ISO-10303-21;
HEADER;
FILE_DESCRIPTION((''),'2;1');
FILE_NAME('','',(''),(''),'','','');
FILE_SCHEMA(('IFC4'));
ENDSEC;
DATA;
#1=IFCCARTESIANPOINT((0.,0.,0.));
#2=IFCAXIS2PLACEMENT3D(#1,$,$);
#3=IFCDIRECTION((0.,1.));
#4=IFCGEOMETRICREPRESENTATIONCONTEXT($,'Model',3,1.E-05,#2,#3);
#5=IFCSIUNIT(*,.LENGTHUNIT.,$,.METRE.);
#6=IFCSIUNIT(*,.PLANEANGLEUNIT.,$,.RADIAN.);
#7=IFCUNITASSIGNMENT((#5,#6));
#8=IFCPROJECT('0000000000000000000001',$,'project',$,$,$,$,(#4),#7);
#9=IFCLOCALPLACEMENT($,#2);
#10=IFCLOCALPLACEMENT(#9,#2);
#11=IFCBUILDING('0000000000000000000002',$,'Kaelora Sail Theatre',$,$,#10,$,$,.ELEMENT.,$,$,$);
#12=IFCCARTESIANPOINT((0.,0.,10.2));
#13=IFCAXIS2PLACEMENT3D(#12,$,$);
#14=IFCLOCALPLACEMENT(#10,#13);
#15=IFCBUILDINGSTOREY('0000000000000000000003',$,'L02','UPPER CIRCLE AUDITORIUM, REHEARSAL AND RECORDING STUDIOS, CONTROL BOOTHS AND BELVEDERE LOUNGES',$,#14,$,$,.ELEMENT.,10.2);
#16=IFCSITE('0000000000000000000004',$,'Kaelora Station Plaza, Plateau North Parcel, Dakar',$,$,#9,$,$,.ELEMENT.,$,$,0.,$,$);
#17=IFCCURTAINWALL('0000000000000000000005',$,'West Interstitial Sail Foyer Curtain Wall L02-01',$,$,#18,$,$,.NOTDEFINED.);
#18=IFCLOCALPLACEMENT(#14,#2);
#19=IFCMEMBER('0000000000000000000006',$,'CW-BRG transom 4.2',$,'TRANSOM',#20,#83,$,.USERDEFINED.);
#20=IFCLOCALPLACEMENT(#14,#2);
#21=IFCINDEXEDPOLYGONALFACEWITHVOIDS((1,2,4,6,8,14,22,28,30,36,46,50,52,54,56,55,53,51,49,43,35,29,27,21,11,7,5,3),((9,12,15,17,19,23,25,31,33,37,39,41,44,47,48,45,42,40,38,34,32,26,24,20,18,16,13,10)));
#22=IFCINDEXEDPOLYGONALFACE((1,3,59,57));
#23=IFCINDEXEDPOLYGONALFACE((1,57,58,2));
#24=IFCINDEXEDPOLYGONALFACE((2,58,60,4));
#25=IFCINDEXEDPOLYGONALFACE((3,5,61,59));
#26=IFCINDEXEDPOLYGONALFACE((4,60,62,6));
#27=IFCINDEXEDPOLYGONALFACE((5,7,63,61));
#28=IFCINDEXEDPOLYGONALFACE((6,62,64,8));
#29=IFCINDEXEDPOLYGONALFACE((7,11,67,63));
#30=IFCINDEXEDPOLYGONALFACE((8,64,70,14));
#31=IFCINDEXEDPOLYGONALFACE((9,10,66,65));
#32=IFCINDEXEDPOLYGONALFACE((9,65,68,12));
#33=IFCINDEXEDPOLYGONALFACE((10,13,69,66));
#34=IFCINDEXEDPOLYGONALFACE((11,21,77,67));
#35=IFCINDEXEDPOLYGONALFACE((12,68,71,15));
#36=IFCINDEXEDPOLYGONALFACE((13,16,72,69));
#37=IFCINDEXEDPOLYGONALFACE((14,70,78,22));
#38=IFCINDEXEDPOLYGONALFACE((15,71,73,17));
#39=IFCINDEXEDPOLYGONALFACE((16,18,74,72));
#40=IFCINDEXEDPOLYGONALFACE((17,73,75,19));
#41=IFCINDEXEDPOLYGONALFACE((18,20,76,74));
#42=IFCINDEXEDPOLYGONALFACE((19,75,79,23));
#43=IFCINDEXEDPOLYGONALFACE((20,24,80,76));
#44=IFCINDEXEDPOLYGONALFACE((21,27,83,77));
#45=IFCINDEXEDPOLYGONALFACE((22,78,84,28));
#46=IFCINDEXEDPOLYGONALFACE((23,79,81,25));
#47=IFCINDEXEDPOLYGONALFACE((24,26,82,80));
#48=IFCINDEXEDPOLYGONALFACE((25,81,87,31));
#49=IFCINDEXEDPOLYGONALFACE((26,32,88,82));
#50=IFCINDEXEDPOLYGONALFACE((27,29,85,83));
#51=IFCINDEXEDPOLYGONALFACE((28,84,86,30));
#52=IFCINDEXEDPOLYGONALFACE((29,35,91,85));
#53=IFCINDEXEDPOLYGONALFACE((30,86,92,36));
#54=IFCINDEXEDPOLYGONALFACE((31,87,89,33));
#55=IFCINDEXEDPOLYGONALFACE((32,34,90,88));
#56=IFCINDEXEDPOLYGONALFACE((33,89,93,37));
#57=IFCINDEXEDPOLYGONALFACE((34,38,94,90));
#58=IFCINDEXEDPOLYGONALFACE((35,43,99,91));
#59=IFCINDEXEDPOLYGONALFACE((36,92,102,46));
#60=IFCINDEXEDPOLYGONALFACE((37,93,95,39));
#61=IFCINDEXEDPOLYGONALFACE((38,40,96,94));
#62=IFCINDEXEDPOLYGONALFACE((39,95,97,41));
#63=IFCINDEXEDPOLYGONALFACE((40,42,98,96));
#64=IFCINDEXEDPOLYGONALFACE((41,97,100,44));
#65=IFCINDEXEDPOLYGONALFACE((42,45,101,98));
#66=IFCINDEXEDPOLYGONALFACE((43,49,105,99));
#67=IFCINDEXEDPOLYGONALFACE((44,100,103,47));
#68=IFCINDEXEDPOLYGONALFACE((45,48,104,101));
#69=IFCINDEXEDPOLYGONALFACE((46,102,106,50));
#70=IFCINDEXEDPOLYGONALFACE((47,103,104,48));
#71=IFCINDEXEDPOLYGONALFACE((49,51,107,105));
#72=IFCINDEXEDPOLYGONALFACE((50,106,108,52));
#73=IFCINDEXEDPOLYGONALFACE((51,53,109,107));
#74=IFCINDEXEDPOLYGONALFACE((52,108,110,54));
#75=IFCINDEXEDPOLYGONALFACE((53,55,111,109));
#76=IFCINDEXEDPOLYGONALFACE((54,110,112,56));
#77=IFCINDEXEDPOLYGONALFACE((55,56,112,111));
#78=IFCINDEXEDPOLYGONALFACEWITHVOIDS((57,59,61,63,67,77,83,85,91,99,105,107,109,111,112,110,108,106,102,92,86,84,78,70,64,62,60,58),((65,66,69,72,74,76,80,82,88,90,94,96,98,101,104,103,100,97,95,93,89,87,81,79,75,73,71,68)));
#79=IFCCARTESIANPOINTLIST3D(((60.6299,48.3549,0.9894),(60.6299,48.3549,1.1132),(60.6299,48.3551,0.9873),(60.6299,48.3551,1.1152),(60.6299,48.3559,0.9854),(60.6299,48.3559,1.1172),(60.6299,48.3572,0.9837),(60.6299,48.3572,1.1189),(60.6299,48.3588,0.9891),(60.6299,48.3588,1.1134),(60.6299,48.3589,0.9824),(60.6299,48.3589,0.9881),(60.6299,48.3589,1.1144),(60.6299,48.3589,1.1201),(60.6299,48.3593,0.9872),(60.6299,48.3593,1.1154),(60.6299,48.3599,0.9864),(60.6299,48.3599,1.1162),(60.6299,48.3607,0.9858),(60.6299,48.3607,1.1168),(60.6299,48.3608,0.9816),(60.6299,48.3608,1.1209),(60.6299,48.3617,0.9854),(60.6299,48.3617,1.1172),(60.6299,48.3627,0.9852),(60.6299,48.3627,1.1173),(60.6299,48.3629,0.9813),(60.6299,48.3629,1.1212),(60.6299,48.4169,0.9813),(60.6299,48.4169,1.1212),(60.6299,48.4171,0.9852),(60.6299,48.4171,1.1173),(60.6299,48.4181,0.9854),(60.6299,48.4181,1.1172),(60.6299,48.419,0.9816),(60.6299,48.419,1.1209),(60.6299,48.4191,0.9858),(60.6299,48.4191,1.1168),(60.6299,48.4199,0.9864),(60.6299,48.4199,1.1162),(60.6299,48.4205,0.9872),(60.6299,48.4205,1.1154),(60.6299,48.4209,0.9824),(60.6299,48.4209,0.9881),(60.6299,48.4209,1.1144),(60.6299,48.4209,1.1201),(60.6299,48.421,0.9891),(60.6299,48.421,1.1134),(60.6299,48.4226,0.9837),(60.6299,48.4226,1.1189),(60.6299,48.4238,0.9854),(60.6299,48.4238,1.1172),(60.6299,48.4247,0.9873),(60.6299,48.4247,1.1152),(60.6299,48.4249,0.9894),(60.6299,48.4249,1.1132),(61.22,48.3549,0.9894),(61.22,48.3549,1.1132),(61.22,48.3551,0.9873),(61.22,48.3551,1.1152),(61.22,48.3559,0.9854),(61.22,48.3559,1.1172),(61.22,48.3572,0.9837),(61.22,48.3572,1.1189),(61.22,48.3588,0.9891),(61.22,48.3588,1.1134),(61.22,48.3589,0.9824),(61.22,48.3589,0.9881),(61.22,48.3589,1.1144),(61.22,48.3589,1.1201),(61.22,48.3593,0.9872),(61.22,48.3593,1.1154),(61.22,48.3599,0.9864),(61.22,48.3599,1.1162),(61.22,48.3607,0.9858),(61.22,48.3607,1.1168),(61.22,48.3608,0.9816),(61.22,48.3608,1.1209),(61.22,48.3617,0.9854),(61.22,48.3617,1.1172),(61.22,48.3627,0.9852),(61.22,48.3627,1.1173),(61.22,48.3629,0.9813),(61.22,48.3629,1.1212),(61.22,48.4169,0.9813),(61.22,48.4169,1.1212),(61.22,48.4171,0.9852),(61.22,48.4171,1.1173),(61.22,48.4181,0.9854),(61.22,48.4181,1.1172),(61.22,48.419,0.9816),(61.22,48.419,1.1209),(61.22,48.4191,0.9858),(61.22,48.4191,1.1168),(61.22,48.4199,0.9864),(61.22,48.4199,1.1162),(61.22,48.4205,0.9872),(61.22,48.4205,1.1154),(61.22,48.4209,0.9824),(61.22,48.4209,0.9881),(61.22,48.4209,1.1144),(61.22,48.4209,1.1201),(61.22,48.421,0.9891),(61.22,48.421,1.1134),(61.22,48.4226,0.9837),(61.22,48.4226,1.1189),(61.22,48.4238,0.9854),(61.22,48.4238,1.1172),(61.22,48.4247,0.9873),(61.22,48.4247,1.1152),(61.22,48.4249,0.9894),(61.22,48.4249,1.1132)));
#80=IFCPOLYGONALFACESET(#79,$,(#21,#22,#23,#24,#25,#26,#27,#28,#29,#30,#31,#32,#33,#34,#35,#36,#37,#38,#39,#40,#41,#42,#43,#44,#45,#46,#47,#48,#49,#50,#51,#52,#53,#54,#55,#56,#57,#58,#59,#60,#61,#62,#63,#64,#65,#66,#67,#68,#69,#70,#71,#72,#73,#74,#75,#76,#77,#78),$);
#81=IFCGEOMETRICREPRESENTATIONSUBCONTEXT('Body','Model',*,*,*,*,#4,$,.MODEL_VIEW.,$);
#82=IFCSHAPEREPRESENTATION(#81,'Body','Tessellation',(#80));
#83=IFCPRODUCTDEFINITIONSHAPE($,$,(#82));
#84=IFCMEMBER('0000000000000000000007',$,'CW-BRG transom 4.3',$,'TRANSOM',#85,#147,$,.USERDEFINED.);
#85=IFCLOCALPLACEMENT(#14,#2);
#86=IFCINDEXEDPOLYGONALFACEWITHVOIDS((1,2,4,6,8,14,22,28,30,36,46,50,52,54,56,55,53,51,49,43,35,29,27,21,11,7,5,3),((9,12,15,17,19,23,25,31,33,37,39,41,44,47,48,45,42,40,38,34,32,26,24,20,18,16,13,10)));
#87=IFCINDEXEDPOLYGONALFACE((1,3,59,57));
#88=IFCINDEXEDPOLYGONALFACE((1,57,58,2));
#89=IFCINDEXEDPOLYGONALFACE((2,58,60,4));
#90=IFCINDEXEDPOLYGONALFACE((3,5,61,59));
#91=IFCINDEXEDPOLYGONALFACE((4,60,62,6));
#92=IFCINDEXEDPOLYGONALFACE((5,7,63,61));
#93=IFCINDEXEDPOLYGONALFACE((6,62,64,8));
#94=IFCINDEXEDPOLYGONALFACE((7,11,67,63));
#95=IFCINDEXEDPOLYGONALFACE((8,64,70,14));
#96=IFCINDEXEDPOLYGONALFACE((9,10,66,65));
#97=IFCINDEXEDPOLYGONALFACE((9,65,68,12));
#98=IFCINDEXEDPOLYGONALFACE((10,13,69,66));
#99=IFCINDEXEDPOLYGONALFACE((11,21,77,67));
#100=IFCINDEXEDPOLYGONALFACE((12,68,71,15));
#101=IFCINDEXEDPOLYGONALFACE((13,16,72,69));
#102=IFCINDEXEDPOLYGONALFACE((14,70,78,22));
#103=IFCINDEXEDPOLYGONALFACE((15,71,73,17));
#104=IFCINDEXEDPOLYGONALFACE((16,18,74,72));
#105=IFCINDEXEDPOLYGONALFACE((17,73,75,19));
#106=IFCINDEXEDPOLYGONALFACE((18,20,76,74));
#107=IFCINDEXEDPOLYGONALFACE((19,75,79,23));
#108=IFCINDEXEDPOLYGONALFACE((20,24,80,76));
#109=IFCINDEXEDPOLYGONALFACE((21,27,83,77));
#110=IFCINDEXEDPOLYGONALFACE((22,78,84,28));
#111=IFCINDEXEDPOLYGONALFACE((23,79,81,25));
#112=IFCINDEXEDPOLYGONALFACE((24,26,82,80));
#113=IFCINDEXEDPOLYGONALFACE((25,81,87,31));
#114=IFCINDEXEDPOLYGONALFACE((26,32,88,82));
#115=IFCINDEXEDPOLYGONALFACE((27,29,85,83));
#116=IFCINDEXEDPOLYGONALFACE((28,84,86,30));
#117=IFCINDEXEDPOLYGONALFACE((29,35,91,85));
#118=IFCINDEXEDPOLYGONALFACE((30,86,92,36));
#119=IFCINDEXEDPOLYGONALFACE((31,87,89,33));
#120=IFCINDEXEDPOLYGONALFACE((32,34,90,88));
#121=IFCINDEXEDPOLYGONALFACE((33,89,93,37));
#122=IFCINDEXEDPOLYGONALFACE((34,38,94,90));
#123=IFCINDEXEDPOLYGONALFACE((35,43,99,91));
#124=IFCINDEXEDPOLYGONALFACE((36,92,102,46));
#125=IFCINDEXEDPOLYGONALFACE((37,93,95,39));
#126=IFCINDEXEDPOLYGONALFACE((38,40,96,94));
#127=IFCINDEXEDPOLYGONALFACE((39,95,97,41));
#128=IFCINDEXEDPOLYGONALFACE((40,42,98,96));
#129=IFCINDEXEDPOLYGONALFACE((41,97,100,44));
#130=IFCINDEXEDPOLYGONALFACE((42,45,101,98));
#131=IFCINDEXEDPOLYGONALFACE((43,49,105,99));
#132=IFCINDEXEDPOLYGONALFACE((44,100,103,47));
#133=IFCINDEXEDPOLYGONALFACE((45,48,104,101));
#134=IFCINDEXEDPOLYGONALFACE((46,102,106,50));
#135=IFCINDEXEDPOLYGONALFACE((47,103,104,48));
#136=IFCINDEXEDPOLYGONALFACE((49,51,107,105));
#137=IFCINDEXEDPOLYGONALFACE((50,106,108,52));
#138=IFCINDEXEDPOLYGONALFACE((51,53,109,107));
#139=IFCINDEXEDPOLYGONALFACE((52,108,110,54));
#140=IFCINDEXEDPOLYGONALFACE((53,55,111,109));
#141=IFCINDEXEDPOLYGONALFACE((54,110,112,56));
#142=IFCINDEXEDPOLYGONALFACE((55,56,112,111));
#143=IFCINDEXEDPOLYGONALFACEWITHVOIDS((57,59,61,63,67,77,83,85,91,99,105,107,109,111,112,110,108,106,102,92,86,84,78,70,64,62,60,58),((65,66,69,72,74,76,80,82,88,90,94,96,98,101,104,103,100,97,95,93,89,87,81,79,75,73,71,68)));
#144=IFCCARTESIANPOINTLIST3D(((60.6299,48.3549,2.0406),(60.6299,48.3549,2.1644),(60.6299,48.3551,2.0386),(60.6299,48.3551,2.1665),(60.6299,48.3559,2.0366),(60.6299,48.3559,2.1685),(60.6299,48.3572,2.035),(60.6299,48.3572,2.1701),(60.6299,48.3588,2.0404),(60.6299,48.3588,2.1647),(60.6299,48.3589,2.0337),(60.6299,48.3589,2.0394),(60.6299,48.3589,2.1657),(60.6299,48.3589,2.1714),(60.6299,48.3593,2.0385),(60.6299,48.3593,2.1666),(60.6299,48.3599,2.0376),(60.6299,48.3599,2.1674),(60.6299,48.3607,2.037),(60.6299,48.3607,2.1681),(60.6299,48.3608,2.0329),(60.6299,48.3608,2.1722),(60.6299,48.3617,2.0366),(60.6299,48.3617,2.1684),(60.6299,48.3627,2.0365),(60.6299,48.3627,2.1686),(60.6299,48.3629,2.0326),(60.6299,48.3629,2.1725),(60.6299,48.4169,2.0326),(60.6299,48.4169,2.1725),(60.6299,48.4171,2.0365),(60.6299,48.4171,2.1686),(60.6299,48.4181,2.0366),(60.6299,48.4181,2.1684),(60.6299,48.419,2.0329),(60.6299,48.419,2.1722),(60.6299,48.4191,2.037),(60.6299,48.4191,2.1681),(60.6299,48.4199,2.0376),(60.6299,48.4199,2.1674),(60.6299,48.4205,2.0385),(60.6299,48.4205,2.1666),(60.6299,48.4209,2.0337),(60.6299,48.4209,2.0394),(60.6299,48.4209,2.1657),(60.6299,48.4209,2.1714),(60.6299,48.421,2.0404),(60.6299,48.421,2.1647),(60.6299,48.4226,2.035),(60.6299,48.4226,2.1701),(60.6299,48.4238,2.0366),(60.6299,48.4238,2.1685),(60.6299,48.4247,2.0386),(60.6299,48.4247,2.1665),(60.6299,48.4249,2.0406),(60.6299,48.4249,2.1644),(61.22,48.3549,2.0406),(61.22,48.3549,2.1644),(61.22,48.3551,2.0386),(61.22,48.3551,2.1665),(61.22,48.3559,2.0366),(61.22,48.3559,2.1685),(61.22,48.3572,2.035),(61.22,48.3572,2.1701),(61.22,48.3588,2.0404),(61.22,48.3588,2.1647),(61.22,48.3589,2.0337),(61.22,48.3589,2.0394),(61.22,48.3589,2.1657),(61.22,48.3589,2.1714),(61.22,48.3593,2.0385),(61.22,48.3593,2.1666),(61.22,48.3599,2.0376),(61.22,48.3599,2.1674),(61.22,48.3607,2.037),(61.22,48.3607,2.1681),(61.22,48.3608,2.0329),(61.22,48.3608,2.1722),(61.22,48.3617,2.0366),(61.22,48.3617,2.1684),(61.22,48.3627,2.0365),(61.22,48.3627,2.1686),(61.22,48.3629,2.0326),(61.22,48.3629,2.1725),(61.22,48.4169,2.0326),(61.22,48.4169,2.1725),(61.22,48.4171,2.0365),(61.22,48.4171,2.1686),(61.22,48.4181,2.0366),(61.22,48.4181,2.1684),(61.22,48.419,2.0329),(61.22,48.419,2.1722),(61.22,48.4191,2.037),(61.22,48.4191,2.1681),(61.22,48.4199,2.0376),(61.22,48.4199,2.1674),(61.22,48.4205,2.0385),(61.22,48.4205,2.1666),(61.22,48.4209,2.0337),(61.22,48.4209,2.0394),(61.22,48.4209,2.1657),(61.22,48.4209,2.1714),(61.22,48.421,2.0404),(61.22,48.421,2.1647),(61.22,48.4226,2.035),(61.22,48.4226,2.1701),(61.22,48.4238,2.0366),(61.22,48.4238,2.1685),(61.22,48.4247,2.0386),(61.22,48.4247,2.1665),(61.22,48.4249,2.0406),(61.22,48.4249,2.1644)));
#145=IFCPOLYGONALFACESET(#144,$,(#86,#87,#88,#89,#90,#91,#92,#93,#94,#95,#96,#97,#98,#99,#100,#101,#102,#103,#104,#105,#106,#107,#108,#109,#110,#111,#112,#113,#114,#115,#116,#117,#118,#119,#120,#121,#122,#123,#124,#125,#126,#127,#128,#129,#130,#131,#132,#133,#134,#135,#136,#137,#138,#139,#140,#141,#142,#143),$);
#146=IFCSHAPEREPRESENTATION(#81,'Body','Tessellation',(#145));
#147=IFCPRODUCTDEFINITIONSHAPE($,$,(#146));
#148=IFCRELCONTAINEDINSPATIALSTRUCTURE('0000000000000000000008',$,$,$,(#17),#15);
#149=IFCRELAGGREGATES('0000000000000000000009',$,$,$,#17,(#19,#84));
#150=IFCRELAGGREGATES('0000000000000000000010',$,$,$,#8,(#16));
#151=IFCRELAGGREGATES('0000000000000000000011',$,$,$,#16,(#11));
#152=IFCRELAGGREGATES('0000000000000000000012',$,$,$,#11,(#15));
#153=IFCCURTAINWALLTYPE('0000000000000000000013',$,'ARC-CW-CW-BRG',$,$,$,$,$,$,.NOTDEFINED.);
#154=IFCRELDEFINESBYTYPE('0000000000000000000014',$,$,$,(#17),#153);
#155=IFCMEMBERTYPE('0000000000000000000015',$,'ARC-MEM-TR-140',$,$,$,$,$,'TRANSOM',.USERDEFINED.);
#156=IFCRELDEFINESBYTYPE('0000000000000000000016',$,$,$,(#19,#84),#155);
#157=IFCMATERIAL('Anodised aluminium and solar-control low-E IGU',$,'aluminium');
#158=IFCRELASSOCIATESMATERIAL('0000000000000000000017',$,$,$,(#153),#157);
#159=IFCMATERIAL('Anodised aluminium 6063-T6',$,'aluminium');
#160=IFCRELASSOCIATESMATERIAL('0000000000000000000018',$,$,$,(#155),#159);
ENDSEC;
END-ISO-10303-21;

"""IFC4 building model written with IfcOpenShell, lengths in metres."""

from ifc_helpers import new_model, si_unit, direction, frame, origin, origin_2d, place, context, subcontext, project, spatial, hollow_rectangle, extrude, material, material_profile, profile_set, type_object, element, aggregate, save


model = new_model("IFC4")

# Units and contexts
model_context = context("Model", 3, precision=1e-05, world=origin(), true_north=direction((0.0, 1.0)))
body_context = subcontext(model_context, "Body", "Model", "MODEL_VIEW")
ifc_project = project(units=[si_unit("LENGTHUNIT", "METRE"), si_unit("PLANEANGLEUNIT", "RADIAN")], contexts=[model_context])

# Site, building, storey
site_placement = place(None, origin())
site = spatial("IfcSite", under=ifc_project, at=site_placement, Name="Kaelora Station Plaza, Plateau North Parcel, Dakar", CompositionType="ELEMENT", RefElevation=0.0)
building_placement = place(site_placement, origin())
building = spatial("IfcBuilding", under=site, at=building_placement, Name="Kaelora Sail Theatre", CompositionType="ELEMENT")
storey_placement = place(building_placement, frame((0.0, 0.0, 10.2)))
storey = spatial("IfcBuildingStorey", under=building, at=storey_placement, Name="L02", Description="UPPER CIRCLE AUDITORIUM, REHEARSAL AND RECORDING STUDIOS, CONTROL BOOTHS AND BELVEDERE LOUNGES", CompositionType="ELEMENT", Elevation=10.2)

# Curtain wall, members
ifc_material_1 = material(Name="Anodised aluminium and solar-control low-E IGU", Category="aluminium")
curtain_wall_type = type_object("IfcCurtainWallType", Name="ARC-CW-CW-BRG", PredefinedType="NOTDEFINED", material=ifc_material_1)
curtain_wall_placement = place(storey_placement, origin())
curtain_wall = element("IfcCurtainWall", 1, at=curtain_wall_placement, inside=storey, type_object=curtain_wall_type, Name="West Interstitial Sail Foyer Curtain Wall L02-01", PredefinedType="NOTDEFINED")
ifc_material_2 = material(Name="Anodised aluminium 6063-T6", Category="aluminium")
ifc_material_profile_1 = material_profile(ifc_material_2, hollow_rectangle(XDim=0.0701, YDim=0.1399, WallThickness=0.0039, InnerFilletRadius=0.0039, OuterFilletRadius=0.0081, at=origin_2d()), Name="ALU-TRAN 70x140x4")
ifc_profile_set_1 = profile_set([ifc_material_profile_1], Name="Anodised aluminium 6063-T6")
member_type_1 = type_object("IfcMemberType", Name="ARC-MEM-TR-140", ElementType="TRANSOM", PredefinedType="USERDEFINED", material=ifc_profile_set_1)
member_1_placement = place(storey_placement, frame((60.6299, 48.3899, 1.0513), z_axis=(1.0, 0.0, 0.0), x_axis=(0.0, 1.0, 0.0)))
member_1 = element("IfcMember", 2, at=member_1_placement, type_object=member_type_1, Name="CW-BRG transom 4.2", ObjectType="TRANSOM", PredefinedType="USERDEFINED", context=body_context, shape_type="SweptSolid", body=[
    extrude(hollow_rectangle(XDim=0.0701, YDim=0.1399, WallThickness=0.0039, InnerFilletRadius=0.0039, OuterFilletRadius=0.0081, at=origin_2d()), origin(), (0.0, 0.0, 1.0), 0.5901),
])
member_2_placement = place(storey_placement, frame((60.6299, 48.3899, 2.1025), z_axis=(1.0, 0.0, 0.0), x_axis=(0.0, 1.0, 0.0)))
member_2 = element("IfcMember", 3, at=member_2_placement, type_object=member_type_1, Name="CW-BRG transom 4.3", ObjectType="TRANSOM", PredefinedType="USERDEFINED", context=body_context, shape_type="SweptSolid", body=[
    extrude(hollow_rectangle(XDim=0.0701, YDim=0.1399, WallThickness=0.0039, InnerFilletRadius=0.0039, OuterFilletRadius=0.0081, at=origin_2d()), origin(), (0.0, 0.0, 1.0), 0.5901),
])
aggregate(curtain_wall, [member_1, member_2])

save(model, "model.ifc")
